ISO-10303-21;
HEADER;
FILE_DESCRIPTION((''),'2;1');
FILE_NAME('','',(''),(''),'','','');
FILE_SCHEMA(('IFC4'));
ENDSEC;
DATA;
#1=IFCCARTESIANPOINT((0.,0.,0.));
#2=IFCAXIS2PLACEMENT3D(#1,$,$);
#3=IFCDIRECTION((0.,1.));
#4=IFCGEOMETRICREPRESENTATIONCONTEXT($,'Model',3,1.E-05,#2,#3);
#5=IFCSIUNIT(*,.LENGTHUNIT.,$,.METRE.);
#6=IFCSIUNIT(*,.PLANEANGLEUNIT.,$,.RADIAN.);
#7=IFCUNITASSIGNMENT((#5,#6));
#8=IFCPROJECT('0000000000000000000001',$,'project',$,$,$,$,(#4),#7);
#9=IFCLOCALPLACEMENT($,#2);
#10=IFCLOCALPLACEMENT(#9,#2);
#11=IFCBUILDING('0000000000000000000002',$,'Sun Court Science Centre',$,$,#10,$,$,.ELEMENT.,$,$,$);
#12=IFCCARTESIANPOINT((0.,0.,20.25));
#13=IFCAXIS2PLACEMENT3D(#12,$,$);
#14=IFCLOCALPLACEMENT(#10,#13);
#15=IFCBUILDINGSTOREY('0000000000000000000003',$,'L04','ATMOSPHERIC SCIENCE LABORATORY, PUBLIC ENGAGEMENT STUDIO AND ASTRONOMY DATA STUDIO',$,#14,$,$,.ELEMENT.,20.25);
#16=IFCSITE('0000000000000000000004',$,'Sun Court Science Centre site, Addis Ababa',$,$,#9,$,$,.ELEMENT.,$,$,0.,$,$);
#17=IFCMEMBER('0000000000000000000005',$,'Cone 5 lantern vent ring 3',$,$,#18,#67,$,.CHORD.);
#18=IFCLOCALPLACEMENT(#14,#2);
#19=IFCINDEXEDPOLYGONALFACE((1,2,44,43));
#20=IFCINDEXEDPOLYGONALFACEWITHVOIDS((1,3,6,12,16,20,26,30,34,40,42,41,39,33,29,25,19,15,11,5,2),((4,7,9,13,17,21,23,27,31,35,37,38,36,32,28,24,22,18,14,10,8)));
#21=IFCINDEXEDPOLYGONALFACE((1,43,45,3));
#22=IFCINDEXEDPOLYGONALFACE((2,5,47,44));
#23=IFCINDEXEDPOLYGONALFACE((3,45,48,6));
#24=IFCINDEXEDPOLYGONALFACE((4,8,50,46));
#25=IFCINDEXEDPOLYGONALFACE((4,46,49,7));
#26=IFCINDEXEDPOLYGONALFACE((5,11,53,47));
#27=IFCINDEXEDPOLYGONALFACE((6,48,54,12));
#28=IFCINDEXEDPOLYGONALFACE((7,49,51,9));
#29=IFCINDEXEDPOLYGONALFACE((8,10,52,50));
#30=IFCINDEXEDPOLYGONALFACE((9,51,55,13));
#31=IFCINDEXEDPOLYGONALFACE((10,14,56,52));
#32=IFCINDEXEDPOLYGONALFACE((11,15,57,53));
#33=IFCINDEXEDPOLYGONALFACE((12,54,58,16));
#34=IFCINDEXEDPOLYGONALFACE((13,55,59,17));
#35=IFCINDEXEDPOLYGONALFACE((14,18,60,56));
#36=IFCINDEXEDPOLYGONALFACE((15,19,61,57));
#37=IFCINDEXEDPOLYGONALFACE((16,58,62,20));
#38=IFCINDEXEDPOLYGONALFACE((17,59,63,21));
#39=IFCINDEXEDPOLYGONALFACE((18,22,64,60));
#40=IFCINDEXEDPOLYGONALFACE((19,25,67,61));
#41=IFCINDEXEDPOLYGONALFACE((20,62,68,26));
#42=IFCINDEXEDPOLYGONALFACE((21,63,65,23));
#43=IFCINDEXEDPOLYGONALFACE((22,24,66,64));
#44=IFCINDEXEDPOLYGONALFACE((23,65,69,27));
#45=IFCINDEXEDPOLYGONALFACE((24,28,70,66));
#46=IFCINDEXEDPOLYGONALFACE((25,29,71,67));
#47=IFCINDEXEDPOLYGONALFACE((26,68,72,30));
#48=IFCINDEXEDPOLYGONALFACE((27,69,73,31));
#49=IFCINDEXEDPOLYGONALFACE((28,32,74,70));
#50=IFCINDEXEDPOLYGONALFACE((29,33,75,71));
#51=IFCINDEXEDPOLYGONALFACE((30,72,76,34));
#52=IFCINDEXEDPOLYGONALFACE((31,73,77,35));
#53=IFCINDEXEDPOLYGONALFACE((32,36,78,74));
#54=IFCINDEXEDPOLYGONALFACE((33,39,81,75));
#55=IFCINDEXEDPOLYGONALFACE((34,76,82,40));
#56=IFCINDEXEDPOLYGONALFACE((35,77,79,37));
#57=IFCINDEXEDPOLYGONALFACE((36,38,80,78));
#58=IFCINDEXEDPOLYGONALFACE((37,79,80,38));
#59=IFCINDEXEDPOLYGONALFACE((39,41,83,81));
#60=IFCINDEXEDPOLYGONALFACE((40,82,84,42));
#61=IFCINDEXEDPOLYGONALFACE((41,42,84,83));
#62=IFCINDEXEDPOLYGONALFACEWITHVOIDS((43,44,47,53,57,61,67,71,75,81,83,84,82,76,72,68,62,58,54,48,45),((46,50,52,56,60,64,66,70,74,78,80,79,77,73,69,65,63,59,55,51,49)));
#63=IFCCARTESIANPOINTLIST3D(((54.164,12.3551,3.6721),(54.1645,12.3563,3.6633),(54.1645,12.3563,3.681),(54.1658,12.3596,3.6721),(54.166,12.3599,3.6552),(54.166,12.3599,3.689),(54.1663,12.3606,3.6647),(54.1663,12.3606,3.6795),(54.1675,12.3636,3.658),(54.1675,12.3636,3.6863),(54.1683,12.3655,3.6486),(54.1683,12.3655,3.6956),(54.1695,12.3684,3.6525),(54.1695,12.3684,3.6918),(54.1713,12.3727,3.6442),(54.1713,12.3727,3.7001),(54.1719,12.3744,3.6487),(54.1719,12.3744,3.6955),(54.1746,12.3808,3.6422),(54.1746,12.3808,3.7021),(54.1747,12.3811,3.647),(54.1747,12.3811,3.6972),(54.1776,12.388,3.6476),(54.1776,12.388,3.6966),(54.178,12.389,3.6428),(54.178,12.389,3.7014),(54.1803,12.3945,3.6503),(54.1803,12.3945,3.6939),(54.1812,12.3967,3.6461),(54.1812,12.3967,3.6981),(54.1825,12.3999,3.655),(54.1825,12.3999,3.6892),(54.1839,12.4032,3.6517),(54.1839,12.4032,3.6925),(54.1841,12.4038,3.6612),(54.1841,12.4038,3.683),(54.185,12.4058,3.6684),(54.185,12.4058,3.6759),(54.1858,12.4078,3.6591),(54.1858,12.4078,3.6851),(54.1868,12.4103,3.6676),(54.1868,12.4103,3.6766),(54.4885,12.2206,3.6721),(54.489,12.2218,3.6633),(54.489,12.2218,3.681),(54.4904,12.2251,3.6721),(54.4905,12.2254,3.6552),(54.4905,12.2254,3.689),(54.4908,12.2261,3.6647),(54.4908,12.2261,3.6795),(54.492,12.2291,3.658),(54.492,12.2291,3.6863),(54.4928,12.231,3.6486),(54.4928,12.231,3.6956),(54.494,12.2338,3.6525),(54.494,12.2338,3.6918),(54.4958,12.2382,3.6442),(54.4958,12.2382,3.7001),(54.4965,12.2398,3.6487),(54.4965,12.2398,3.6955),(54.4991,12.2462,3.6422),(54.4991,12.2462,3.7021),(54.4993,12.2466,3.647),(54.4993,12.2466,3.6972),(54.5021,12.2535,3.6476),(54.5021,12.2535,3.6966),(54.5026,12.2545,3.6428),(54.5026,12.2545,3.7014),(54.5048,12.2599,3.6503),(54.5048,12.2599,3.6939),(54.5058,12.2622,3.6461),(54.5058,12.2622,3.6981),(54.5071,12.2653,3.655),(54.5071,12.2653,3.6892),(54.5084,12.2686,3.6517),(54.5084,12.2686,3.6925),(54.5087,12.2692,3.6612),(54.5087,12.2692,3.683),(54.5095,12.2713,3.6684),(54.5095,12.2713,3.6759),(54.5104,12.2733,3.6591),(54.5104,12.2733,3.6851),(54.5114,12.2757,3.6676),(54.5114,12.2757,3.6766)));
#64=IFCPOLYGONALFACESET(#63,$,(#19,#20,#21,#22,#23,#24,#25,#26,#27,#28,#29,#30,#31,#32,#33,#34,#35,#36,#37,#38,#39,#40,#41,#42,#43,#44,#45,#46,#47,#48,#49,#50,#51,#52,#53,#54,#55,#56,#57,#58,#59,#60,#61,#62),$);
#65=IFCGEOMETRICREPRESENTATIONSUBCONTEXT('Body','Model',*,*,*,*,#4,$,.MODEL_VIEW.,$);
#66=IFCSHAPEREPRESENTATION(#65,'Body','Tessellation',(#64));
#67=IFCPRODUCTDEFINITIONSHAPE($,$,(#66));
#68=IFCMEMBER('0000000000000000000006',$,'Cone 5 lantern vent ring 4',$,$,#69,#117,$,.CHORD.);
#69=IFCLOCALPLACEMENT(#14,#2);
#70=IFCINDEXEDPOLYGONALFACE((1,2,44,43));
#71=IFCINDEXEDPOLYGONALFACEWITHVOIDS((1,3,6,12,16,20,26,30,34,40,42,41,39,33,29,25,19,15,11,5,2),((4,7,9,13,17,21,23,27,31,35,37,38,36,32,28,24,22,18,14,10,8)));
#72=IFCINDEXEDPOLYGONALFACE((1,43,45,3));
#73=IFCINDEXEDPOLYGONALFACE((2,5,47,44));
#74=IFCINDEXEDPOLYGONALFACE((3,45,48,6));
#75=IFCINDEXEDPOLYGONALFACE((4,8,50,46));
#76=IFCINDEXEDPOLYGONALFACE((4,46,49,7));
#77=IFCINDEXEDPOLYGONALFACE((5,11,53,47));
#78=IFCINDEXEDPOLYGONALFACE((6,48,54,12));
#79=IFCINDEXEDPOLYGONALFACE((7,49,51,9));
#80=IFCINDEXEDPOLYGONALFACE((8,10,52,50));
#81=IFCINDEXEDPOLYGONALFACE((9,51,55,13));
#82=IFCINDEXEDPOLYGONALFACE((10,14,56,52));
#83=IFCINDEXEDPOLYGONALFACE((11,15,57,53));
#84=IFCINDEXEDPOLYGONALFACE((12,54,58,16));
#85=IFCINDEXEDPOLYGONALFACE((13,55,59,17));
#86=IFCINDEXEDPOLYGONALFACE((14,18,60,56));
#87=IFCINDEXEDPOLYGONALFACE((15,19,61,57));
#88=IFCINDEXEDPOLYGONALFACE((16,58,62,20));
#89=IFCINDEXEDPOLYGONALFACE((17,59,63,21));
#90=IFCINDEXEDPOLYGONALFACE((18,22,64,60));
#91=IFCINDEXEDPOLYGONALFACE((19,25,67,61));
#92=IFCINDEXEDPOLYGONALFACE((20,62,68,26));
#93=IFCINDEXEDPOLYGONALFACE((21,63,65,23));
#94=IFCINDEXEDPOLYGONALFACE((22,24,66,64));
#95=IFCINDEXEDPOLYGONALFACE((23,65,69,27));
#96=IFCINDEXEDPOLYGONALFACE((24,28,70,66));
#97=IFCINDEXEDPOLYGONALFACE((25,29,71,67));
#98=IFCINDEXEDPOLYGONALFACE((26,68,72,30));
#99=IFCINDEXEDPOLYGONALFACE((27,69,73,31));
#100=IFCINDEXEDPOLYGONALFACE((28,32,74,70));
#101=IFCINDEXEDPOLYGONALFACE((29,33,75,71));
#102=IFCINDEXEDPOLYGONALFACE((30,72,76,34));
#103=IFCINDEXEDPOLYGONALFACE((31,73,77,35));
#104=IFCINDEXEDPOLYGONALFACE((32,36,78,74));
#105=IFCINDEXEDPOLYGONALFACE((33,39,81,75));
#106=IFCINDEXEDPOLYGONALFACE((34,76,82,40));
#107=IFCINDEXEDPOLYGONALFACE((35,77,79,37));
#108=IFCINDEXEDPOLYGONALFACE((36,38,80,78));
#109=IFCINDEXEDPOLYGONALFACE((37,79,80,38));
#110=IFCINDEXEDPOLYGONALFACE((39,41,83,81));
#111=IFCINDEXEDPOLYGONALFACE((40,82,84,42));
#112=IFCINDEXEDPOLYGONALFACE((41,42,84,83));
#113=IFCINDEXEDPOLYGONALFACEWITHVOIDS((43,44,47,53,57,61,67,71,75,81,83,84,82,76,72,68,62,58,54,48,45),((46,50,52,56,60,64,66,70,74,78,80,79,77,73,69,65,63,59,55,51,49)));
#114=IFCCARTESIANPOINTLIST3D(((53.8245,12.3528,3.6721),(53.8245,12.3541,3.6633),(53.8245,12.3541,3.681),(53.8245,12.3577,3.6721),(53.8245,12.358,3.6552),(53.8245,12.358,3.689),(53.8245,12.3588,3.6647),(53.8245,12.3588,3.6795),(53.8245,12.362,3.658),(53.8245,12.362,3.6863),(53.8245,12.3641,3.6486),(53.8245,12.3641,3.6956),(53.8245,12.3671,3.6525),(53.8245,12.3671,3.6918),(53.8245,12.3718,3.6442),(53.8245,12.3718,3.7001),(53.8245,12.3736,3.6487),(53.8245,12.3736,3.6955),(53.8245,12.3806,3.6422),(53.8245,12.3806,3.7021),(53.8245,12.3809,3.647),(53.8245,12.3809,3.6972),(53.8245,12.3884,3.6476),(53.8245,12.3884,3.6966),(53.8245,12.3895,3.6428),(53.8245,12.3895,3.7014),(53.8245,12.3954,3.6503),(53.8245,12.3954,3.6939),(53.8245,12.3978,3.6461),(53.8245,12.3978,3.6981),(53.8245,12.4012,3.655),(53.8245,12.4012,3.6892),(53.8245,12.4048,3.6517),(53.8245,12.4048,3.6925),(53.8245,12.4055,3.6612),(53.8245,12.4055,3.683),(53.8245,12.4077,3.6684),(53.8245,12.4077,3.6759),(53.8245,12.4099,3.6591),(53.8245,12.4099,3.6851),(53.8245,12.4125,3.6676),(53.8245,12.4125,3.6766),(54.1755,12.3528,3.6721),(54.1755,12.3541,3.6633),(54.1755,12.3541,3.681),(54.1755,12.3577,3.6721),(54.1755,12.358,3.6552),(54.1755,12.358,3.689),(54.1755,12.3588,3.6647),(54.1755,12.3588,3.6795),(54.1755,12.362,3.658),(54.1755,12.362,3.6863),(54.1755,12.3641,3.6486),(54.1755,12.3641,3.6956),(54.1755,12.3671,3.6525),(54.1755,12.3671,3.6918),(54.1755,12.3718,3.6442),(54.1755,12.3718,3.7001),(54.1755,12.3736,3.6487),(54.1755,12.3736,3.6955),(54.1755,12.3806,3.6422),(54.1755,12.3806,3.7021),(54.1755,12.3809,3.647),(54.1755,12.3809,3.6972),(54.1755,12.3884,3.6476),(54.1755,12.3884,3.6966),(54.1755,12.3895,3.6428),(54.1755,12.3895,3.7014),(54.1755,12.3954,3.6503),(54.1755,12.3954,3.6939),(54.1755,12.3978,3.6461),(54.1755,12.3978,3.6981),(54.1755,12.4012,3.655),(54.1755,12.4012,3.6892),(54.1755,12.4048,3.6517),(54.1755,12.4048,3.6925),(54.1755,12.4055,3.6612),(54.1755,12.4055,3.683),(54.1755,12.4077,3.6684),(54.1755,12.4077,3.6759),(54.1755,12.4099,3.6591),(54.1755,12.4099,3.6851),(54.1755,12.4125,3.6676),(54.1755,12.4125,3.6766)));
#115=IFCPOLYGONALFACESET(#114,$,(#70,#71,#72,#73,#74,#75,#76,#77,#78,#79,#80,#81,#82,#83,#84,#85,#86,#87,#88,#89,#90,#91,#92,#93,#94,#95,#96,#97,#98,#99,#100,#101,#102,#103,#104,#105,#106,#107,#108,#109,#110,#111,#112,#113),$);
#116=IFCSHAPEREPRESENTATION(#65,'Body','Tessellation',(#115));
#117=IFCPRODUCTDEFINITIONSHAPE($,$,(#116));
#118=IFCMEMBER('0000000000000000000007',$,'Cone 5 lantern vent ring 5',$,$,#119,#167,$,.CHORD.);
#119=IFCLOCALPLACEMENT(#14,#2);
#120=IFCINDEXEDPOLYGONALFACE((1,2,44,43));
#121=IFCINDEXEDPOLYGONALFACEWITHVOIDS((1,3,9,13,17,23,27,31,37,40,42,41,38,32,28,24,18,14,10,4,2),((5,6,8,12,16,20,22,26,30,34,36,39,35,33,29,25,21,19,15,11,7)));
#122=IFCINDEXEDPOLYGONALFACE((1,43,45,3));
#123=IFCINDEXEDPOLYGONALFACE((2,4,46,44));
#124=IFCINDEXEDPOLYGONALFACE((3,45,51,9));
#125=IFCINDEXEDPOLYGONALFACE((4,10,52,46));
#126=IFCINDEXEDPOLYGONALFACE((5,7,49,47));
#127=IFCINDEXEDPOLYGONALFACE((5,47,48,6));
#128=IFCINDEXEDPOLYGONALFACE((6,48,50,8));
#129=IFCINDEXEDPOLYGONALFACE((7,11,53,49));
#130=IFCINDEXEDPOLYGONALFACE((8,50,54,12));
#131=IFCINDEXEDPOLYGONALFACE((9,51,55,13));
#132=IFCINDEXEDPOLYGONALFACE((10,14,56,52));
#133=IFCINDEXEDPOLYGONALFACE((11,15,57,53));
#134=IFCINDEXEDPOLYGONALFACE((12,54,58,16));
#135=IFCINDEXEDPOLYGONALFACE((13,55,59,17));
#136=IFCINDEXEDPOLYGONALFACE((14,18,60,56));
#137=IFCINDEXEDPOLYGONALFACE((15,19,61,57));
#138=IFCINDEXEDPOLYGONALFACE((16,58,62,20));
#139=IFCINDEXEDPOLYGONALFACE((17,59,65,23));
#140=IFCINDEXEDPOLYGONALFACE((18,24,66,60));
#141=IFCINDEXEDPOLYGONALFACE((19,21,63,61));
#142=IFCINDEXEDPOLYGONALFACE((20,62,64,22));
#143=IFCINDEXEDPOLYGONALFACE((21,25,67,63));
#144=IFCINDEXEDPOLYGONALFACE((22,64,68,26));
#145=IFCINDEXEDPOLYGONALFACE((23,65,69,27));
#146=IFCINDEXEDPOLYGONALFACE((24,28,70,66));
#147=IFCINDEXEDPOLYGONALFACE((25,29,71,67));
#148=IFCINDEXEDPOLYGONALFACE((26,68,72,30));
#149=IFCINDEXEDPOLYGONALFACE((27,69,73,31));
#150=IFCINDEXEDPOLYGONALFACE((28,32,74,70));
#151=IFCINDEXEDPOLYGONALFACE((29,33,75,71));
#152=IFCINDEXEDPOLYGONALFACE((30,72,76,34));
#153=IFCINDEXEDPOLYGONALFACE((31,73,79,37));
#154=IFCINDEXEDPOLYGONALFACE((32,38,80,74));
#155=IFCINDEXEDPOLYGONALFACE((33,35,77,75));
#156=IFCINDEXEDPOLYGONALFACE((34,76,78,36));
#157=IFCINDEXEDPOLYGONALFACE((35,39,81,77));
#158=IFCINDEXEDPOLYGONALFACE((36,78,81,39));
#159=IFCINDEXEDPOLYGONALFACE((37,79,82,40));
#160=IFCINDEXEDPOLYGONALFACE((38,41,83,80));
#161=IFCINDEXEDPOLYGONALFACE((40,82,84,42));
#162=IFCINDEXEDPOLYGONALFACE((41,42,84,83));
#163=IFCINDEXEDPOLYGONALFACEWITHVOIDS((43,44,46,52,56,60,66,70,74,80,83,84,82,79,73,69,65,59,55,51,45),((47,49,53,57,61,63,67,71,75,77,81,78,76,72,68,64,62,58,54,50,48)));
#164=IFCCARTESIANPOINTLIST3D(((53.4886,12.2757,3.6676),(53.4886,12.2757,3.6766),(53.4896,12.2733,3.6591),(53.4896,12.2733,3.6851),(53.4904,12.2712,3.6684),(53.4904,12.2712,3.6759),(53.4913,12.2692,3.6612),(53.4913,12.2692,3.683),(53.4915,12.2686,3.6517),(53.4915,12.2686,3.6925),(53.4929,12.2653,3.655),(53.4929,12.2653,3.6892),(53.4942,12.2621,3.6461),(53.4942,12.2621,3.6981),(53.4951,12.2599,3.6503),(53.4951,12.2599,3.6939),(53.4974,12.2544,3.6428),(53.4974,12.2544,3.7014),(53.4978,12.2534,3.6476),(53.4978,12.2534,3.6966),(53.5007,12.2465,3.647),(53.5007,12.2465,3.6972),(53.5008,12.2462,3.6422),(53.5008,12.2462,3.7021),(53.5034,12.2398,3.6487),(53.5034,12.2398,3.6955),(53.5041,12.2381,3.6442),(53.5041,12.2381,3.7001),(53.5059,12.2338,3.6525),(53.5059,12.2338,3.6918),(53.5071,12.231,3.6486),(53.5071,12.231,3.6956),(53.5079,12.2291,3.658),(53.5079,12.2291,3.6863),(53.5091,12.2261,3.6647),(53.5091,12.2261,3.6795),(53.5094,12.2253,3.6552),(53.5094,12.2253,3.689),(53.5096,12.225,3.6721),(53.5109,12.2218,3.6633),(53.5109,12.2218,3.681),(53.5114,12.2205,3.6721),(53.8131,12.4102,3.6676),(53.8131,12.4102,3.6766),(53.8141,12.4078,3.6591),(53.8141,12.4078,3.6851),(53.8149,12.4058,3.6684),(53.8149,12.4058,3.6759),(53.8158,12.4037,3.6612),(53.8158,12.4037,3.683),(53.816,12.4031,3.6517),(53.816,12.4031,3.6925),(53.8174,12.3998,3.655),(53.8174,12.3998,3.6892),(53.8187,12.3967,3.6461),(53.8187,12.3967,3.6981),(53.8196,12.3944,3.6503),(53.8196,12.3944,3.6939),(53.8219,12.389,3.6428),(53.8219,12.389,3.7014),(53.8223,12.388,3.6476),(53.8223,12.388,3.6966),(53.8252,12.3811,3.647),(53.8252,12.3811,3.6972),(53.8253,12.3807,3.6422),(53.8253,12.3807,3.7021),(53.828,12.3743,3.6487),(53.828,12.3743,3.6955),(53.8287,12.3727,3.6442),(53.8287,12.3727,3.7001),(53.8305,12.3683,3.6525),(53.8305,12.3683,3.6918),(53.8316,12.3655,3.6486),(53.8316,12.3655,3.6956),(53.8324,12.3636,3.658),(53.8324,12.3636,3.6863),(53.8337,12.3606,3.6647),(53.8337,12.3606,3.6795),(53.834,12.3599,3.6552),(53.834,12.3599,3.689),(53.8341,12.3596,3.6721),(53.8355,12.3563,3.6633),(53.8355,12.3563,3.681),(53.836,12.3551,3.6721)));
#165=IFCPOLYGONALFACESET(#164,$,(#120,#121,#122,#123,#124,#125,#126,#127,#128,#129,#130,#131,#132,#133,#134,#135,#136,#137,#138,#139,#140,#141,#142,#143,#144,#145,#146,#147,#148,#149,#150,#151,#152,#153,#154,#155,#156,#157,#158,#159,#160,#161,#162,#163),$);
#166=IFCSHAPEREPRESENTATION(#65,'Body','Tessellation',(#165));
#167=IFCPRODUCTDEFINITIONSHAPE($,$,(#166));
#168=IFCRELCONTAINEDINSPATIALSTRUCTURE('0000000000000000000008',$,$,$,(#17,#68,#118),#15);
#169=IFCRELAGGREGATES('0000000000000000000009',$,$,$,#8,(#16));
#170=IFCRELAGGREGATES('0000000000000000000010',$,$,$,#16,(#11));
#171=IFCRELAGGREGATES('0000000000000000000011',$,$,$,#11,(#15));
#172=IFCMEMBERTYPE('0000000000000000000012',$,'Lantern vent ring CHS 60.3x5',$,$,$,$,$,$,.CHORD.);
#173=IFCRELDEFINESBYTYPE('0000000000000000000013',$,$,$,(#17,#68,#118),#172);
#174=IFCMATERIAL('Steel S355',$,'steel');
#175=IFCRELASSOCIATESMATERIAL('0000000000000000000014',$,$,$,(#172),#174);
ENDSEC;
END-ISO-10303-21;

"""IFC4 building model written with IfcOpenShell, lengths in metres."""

from ifc_helpers import new_model, si_unit, direction, frame, origin, origin_2d, place, context, subcontext, project, spatial, hollow_circle, extrude, material, material_profile, profile_set, type_object, element, save


model = new_model("IFC4")

# Units and contexts
model_context = context("Model", 3, precision=1e-05, world=origin(), true_north=direction((0.0, 1.0)))
body_context = subcontext(model_context, "Body", "Model", "MODEL_VIEW")
ifc_project = project(units=[si_unit("LENGTHUNIT", "METRE"), si_unit("PLANEANGLEUNIT", "RADIAN")], contexts=[model_context])

# Site, building, storey
site_placement = place(None, origin())
site = spatial("IfcSite", under=ifc_project, at=site_placement, Name="Sun Court Science Centre site, Addis Ababa", CompositionType="ELEMENT", RefElevation=0.0)
building_placement = place(site_placement, origin())
building = spatial("IfcBuilding", under=site, at=building_placement, Name="Sun Court Science Centre", CompositionType="ELEMENT")
storey_placement = place(building_placement, frame((0.0, 0.0, 20.25)))
storey = spatial("IfcBuildingStorey", under=building, at=storey_placement, Name="L04", Description="ATMOSPHERIC SCIENCE LABORATORY, PUBLIC ENGAGEMENT STUDIO AND ASTRONOMY DATA STUDIO", CompositionType="ELEMENT", Elevation=20.25)

# Members
ifc_material_1 = material(Name="Steel S355", Category="steel")
ifc_material_profile_1 = material_profile(ifc_material_1, hollow_circle(Radius=0.03, WallThickness=0.0049, at=origin_2d()), Name="CHS 60.3x5")
ifc_profile_set_1 = profile_set([ifc_material_profile_1], Name="Steel S355")
member_type_1 = type_object("IfcMemberType", Name="Lantern vent ring CHS 60.3x5", PredefinedType="CHORD", material=ifc_profile_set_1)
member_1_placement = place(storey_placement, frame((54.5, 12.2483, 3.6721), z_axis=(-0.923754, 0.382986, 0.0), x_axis=(-0.382986, -0.923754, 0.0)))
element("IfcMember", 1, at=member_1_placement, inside=storey, type_object=member_type_1, Name="Cone 5 lantern vent ring 3", PredefinedType="CHORD", context=body_context, shape_type="SweptSolid", body=[
    extrude(hollow_circle(Radius=0.03, WallThickness=0.0049, at=origin_2d()), origin(), (0.0, 0.0, 1.0), 0.3513),
])
member_2_placement = place(storey_placement, frame((54.1755, 12.3828, 3.6721), z_axis=(-1.0, 0.0, 0.0), x_axis=(0.0, -1.0, 0.0)))
element("IfcMember", 2, at=member_2_placement, inside=storey, type_object=member_type_1, Name="Cone 5 lantern vent ring 4", PredefinedType="CHORD", context=body_context, shape_type="SweptSolid", body=[
    extrude(hollow_circle(Radius=0.03, WallThickness=0.0049, at=origin_2d()), origin(), (0.0, 0.0, 1.0), 0.3511),
])
member_3_placement = place(storey_placement, frame((53.8245, 12.3828, 3.6721), z_axis=(-0.923754, -0.382986, 0.0), x_axis=(0.382986, -0.923754, 0.0)))
element("IfcMember", 3, at=member_3_placement, inside=storey, type_object=member_type_1, Name="Cone 5 lantern vent ring 5", PredefinedType="CHORD", context=body_context, shape_type="SweptSolid", body=[
    extrude(hollow_circle(Radius=0.03, WallThickness=0.0049, at=origin_2d()), origin(), (0.0, 0.0, 1.0), 0.3513),
])

save(model, "model.ifc")
